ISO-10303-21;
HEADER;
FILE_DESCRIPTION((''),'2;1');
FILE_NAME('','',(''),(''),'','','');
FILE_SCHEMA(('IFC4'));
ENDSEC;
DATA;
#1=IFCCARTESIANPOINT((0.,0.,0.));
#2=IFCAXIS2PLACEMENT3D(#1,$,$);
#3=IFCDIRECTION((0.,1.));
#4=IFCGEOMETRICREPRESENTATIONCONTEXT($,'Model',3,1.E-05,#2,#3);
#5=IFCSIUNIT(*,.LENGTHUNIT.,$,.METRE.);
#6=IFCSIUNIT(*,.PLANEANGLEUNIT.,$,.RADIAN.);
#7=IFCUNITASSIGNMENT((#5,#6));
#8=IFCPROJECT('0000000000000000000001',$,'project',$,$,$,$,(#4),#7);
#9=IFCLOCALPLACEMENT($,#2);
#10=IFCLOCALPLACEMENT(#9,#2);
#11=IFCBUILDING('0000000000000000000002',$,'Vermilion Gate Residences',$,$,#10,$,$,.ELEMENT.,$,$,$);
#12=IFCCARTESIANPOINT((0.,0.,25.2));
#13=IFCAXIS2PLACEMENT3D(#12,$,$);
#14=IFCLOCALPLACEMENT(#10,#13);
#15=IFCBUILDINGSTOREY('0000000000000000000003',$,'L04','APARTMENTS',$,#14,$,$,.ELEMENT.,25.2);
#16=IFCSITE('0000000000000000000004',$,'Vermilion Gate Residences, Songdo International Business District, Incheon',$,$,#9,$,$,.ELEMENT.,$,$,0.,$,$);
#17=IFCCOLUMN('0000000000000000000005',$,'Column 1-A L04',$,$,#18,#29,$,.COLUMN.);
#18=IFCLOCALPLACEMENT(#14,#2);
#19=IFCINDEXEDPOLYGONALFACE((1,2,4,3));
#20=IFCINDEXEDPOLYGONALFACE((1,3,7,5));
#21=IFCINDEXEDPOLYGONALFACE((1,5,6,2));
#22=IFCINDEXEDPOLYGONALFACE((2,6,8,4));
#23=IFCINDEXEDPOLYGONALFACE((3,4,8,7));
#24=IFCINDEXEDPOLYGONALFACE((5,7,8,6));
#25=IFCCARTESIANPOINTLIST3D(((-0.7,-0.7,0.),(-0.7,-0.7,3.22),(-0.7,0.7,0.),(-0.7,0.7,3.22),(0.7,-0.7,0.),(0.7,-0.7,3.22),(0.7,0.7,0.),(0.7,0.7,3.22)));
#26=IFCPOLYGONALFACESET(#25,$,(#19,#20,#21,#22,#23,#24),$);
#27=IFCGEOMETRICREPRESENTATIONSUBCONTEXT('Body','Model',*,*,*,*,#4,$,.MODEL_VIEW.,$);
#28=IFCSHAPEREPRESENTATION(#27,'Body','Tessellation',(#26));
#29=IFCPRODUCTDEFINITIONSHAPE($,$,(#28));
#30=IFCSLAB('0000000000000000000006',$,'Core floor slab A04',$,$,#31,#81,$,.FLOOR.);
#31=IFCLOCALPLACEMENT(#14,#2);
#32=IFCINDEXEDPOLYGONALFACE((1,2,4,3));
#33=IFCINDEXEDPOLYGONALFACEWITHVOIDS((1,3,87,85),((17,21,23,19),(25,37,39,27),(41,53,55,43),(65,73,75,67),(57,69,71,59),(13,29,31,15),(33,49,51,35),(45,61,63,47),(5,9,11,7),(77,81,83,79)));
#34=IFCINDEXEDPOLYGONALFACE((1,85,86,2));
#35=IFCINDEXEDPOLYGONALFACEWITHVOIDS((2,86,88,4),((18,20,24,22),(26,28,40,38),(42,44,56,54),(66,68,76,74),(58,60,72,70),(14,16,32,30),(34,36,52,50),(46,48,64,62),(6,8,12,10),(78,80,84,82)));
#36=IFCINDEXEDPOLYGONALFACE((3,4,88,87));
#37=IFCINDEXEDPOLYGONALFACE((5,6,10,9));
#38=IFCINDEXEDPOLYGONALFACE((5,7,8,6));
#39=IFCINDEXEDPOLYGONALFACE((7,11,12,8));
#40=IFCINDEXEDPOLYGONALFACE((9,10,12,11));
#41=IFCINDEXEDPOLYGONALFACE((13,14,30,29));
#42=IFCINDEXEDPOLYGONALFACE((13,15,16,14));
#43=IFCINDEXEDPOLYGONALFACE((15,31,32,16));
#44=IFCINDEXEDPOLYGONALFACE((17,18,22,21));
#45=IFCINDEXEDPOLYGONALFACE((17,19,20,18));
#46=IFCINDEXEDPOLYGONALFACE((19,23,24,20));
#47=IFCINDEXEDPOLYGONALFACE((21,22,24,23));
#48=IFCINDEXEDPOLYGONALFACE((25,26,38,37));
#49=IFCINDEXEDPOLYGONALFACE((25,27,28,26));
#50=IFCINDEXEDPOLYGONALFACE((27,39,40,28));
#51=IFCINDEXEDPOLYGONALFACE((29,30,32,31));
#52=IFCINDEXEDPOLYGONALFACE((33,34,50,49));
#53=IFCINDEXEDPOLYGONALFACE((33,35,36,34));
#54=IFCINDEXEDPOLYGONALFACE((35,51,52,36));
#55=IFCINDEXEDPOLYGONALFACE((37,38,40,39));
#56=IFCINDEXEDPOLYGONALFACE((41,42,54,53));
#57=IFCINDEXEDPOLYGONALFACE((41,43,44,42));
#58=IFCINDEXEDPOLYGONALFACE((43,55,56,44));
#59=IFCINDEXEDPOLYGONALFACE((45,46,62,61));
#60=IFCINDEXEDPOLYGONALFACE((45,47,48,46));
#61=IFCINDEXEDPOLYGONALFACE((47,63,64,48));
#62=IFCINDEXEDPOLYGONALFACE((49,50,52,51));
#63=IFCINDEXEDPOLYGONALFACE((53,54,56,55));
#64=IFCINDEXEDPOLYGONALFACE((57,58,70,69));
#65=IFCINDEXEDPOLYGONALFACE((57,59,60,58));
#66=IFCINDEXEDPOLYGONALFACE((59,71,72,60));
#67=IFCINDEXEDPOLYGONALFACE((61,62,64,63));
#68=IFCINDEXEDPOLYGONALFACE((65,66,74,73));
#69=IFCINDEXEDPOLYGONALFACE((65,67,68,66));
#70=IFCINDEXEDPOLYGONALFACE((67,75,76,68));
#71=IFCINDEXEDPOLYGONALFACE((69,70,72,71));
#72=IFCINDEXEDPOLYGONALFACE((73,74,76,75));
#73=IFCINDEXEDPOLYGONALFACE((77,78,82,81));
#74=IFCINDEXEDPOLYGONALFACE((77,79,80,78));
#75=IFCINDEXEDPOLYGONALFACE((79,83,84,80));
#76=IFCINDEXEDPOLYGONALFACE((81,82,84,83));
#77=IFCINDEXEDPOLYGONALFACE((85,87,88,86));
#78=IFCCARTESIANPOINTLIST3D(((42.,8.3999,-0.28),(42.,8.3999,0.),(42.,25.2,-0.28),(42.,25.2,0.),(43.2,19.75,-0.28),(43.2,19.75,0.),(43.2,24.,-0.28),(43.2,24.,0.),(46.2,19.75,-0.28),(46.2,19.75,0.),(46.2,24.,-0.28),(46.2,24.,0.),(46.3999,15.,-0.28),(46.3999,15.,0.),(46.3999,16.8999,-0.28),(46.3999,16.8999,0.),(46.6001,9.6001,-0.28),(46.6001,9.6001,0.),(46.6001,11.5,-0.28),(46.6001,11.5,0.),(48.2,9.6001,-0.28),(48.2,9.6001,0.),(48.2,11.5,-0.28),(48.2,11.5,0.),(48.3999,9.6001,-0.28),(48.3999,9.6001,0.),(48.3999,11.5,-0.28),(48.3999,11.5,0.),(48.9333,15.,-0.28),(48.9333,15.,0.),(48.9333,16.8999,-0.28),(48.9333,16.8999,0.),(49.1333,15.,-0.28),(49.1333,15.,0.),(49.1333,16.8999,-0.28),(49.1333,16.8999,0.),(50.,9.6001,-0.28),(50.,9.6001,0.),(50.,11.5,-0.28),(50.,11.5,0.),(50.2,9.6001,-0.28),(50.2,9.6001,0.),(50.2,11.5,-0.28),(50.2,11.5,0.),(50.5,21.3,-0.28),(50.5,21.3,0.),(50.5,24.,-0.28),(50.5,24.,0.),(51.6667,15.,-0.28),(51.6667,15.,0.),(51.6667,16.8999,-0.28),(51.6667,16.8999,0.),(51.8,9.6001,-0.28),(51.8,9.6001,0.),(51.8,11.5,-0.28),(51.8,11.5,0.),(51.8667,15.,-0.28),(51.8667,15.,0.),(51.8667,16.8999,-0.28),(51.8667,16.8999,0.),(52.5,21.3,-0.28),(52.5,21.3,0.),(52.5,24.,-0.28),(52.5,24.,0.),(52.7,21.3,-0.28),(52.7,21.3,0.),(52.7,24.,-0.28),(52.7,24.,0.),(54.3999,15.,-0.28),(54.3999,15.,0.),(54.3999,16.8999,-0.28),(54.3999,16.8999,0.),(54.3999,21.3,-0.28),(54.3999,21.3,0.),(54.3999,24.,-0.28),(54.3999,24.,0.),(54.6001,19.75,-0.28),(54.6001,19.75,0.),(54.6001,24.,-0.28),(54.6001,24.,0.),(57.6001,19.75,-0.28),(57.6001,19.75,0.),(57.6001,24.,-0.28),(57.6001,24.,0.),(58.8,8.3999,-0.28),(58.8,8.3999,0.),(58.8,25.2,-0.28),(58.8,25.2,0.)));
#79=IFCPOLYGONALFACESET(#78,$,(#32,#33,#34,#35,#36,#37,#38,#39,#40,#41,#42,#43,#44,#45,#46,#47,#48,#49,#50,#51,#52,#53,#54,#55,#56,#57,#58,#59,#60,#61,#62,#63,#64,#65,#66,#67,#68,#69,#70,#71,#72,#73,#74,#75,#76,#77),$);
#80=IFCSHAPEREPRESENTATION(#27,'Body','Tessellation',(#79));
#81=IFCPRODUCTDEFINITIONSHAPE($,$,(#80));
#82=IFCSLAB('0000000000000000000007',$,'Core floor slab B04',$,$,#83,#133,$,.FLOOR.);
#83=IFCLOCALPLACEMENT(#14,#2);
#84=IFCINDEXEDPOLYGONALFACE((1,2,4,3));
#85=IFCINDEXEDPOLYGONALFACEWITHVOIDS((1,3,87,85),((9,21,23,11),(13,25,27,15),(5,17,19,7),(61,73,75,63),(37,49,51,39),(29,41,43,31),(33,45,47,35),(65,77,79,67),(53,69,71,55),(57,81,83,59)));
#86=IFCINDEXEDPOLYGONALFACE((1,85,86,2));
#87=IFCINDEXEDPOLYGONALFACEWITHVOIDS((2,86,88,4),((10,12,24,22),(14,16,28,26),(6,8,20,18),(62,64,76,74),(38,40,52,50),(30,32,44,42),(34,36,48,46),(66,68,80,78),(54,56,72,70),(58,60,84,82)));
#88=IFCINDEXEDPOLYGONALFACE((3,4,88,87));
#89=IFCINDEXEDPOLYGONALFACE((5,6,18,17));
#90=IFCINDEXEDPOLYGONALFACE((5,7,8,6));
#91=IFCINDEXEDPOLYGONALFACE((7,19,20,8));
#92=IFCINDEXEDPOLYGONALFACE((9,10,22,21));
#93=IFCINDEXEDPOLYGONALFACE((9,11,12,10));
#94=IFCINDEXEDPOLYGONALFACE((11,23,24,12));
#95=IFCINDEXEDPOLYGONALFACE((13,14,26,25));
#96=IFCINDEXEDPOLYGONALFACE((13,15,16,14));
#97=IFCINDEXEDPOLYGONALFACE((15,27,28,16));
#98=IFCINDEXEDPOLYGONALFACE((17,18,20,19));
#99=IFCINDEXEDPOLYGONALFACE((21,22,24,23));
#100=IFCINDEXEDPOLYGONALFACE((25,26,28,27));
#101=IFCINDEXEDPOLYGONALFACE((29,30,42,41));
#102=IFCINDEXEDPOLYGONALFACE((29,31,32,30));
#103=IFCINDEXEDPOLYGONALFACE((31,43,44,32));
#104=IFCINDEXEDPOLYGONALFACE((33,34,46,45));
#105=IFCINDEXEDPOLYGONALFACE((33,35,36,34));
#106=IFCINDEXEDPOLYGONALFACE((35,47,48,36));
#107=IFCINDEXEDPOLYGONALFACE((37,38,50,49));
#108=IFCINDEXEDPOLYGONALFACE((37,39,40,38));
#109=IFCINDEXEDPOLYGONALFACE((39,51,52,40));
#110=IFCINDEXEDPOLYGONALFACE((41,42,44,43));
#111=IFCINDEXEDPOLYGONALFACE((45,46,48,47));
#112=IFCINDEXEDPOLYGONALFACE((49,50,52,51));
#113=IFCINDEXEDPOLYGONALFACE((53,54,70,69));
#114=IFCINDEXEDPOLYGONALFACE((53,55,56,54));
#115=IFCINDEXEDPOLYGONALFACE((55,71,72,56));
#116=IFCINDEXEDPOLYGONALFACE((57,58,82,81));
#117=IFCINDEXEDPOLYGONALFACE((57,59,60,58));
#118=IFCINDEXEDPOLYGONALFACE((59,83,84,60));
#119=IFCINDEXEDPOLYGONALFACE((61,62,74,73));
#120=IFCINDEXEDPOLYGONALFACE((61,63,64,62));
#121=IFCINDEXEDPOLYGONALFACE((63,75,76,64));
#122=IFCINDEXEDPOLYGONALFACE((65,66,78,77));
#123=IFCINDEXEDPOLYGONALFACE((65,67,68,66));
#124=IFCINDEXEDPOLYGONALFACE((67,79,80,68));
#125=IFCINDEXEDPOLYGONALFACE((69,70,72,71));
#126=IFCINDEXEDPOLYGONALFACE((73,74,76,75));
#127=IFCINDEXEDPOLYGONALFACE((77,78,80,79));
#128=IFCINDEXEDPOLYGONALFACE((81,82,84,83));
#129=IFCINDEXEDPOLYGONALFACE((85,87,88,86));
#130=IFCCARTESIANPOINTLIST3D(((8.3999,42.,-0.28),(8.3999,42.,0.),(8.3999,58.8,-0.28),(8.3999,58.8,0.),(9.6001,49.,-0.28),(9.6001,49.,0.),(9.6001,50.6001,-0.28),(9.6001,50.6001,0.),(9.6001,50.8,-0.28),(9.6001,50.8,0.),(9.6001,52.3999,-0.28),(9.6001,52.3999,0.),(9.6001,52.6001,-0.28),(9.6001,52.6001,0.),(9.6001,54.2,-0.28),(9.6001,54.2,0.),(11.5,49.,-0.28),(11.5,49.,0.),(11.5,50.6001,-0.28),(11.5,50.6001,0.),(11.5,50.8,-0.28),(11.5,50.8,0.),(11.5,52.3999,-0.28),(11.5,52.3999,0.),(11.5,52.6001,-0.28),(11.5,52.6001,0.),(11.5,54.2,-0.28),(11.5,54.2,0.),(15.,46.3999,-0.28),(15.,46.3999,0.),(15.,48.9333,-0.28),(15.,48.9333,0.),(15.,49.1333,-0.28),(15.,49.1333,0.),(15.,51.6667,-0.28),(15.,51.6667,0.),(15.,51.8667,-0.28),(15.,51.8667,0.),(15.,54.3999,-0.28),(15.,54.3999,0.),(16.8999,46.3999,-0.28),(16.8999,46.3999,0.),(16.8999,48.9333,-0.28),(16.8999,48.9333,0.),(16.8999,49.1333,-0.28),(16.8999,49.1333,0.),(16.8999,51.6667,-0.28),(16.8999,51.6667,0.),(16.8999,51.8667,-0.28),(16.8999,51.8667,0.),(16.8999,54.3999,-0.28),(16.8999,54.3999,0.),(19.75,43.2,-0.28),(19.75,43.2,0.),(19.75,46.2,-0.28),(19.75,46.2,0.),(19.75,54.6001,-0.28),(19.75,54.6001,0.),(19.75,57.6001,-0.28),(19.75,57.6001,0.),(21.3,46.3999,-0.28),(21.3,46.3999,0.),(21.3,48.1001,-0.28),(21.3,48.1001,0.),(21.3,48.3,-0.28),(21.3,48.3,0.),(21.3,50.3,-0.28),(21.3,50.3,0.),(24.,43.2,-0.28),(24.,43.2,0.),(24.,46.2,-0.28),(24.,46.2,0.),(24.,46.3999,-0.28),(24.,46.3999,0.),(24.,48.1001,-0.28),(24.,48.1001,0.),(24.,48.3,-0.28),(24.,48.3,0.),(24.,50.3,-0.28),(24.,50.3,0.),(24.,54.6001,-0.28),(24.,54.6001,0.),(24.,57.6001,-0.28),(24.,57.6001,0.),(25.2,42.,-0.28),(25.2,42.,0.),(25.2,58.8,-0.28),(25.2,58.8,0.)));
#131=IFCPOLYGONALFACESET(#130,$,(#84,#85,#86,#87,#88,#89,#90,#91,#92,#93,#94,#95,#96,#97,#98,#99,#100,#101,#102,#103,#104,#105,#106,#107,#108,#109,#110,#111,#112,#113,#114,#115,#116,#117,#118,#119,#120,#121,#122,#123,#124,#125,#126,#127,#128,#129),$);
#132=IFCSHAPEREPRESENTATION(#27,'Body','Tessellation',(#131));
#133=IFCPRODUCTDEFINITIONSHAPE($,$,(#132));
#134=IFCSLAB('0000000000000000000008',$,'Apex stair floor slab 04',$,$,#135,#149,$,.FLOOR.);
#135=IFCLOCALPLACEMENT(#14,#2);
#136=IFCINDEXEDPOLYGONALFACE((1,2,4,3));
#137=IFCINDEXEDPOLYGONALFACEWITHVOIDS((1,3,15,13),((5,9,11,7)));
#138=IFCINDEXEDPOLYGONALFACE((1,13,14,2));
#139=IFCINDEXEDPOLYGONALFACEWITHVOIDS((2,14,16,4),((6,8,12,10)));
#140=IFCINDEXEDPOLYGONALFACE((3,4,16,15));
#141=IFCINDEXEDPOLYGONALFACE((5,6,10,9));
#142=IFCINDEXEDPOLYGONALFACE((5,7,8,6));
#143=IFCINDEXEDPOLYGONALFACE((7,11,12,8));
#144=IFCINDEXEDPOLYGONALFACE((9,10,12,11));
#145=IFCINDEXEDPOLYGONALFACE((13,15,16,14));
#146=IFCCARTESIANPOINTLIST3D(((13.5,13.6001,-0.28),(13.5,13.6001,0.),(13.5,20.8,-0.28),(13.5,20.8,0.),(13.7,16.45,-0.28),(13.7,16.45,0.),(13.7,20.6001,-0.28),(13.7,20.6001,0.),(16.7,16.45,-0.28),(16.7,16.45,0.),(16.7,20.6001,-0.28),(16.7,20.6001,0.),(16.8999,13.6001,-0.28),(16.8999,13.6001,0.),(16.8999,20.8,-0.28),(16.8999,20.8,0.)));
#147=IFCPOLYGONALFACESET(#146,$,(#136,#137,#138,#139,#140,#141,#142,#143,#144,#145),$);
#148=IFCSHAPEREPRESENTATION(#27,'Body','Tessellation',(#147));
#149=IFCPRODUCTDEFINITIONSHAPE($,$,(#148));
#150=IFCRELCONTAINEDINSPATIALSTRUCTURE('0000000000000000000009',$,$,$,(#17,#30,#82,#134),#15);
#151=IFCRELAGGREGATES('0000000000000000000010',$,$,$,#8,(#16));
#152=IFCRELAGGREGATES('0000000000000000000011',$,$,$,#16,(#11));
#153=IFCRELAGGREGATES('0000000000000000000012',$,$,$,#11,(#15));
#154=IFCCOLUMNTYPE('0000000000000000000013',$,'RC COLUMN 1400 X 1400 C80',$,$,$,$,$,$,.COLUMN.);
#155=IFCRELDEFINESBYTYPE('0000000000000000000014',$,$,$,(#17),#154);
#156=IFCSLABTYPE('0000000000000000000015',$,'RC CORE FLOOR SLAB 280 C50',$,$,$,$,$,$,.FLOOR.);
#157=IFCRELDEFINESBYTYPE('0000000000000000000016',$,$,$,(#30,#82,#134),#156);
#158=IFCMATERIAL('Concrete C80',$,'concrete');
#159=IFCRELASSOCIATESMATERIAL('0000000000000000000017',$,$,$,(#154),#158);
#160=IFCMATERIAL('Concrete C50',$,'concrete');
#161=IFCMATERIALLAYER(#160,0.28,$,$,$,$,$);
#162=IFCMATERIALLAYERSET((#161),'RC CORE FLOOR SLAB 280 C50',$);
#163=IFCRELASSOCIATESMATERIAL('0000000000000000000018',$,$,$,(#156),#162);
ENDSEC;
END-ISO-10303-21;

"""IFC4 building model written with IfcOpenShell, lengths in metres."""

from ifc_helpers import new_model, si_unit, direction, frame, origin, origin_with_axes, origin_2d, place, context, subcontext, project, spatial, polyline, rectangle, outline, extrude, material, layer, layer_set, material_profile, profile_set, type_object, element, save


model = new_model("IFC4")

# Units and contexts
model_context = context("Model", 3, precision=1e-05, world=origin(), true_north=direction((0.0, 1.0)))
body_context = subcontext(model_context, "Body", "Model", "MODEL_VIEW")
ifc_project = project(units=[si_unit("LENGTHUNIT", "METRE"), si_unit("PLANEANGLEUNIT", "RADIAN")], contexts=[model_context])

# Site, building, storey
site_placement = place(None, origin())
site = spatial("IfcSite", under=ifc_project, at=site_placement, Name="Vermilion Gate Residences, Songdo International Business District, Incheon", CompositionType="ELEMENT", RefElevation=0.0)
building_placement = place(site_placement, origin())
building = spatial("IfcBuilding", under=site, at=building_placement, Name="Vermilion Gate Residences", CompositionType="ELEMENT")
storey_placement = place(building_placement, frame((0.0, 0.0, 25.2)))
storey = spatial("IfcBuildingStorey", under=building, at=storey_placement, Name="L04", Description="APARTMENTS", CompositionType="ELEMENT", Elevation=25.2)

# Column
ifc_material_1 = material(Name="Concrete C80", Category="concrete")
ifc_material_profile = material_profile(ifc_material_1, rectangle(XDim=1.3999, YDim=1.3999, at=origin_2d()), Name="RC-1400x1400")
ifc_profile_set = profile_set([ifc_material_profile], Name="Concrete C80")
column_type = type_object("IfcColumnType", Name="RC COLUMN 1400 X 1400 C80", PredefinedType="COLUMN", material=ifc_profile_set)
column_placement = place(storey_placement, origin_with_axes())
element("IfcColumn", 1, at=column_placement, inside=storey, type_object=column_type, Name="Column 1-A L04", PredefinedType="COLUMN", context=body_context, shape_type="SweptSolid", body=[
    extrude(rectangle(XDim=1.3999, YDim=1.3999, at=origin_2d()), origin(), (0.0, 0.0, 1.0), 3.22),
])

# Slabs
ifc_material_2 = material(Name="Concrete C50", Category="concrete")
ifc_layer_1 = layer(ifc_material_2, 0.28)
ifc_layer_set_1 = layer_set([ifc_layer_1], Name="RC CORE FLOOR SLAB 280 C50")
slab_type_1 = type_object("IfcSlabType", Name="RC CORE FLOOR SLAB 280 C50", PredefinedType="FLOOR", material=ifc_layer_set_1)
slab_1_placement = place(storey_placement, frame((0.0, 0.0, -0.28)))
element("IfcSlab", 2, at=slab_1_placement, inside=storey, type_object=slab_type_1, Name="Core floor slab A04", PredefinedType="FLOOR", context=body_context, shape_type="SweptSolid", body=[
    extrude(outline(polyline([(42.0, 8.3999), (58.8, 8.3999), (58.8, 25.2), (42.0, 25.2), (42.0, 8.3999)]), holes=[polyline([(46.6001, 11.5), (48.2, 11.5), (48.2, 9.6001), (46.6001, 9.6001), (46.6001, 11.5)]), polyline([(48.3999, 11.5), (50.0, 11.5), (50.0, 9.6001), (48.3999, 9.6001), (48.3999, 11.5)]), polyline([(50.2, 11.5), (51.8, 11.5), (51.8, 9.6001), (50.2, 9.6001), (50.2, 11.5)]), polyline([(48.9333, 16.8999), (48.9333, 15.0), (46.3999, 15.0), (46.3999, 16.8999), (48.9333, 16.8999)]), polyline([(51.6667, 16.8999), (51.6667, 15.0), (49.1333, 15.0), (49.1333, 16.8999), (51.6667, 16.8999)]), polyline([(51.8667, 16.8999), (54.3999, 16.8999), (54.3999, 15.0), (51.8667, 15.0), (51.8667, 16.8999)]), polyline([(43.2, 24.0), (46.2, 24.0), (46.2, 19.75), (43.2, 19.75), (43.2, 24.0)]), polyline([(54.6001, 24.0), (57.6001, 24.0), (57.6001, 19.75), (54.6001, 19.75), (54.6001, 24.0)]), polyline([(52.5, 24.0), (52.5, 21.3), (50.5, 21.3), (50.5, 24.0), (52.5, 24.0)]), polyline([(54.3999, 24.0), (54.3999, 21.3), (52.7, 21.3), (52.7, 24.0), (54.3999, 24.0)])]), origin(), (0.0, 0.0, 1.0), 0.28),
])
slab_2_placement = place(storey_placement, frame((0.0, 0.0, -0.28)))
element("IfcSlab", 3, at=slab_2_placement, inside=storey, type_object=slab_type_1, Name="Core floor slab B04", PredefinedType="FLOOR", context=body_context, shape_type="SweptSolid", body=[
    extrude(outline(polyline([(8.3999, 42.0), (25.2, 42.0), (25.2, 58.8), (8.3999, 58.8), (8.3999, 42.0)]), holes=[polyline([(19.75, 46.2), (24.0, 46.2), (24.0, 43.2), (19.75, 43.2), (19.75, 46.2)]), polyline([(21.3, 48.1001), (24.0, 48.1001), (24.0, 46.3999), (21.3, 46.3999), (21.3, 48.1001)]), polyline([(15.0, 48.9333), (16.8999, 48.9333), (16.8999, 46.3999), (15.0, 46.3999), (15.0, 48.9333)]), polyline([(24.0, 50.3), (24.0, 48.3), (21.3, 48.3), (21.3, 50.3), (24.0, 50.3)]), polyline([(11.5, 50.6001), (11.5, 49.0), (9.6001, 49.0), (9.6001, 50.6001), (11.5, 50.6001)]), polyline([(15.0, 51.6667), (16.8999, 51.6667), (16.8999, 49.1333), (15.0, 49.1333), (15.0, 51.6667)]), polyline([(9.6001, 52.3999), (11.5, 52.3999), (11.5, 50.8), (9.6001, 50.8), (9.6001, 52.3999)]), polyline([(15.0, 54.3999), (16.8999, 54.3999), (16.8999, 51.8667), (15.0, 51.8667), (15.0, 54.3999)]), polyline([(11.5, 54.2), (11.5, 52.6001), (9.6001, 52.6001), (9.6001, 54.2), (11.5, 54.2)]), polyline([(24.0, 57.6001), (24.0, 54.6001), (19.75, 54.6001), (19.75, 57.6001), (24.0, 57.6001)])]), origin(), (0.0, 0.0, 1.0), 0.28),
])
slab_3_placement = place(storey_placement, frame((0.0, 0.0, -0.28)))
element("IfcSlab", 4, at=slab_3_placement, inside=storey, type_object=slab_type_1, Name="Apex stair floor slab 04", PredefinedType="FLOOR", context=body_context, shape_type="SweptSolid", body=[
    extrude(outline(polyline([(13.5, 13.6001), (16.8999, 13.6001), (16.8999, 20.8), (13.5, 20.8), (13.5, 13.6001)]), holes=[polyline([(16.7, 20.6001), (16.7, 16.45), (13.7, 16.45), (13.7, 20.6001), (16.7, 20.6001)])]), origin(), (0.0, 0.0, 1.0), 0.28),
])

save(model, "model.ifc")
